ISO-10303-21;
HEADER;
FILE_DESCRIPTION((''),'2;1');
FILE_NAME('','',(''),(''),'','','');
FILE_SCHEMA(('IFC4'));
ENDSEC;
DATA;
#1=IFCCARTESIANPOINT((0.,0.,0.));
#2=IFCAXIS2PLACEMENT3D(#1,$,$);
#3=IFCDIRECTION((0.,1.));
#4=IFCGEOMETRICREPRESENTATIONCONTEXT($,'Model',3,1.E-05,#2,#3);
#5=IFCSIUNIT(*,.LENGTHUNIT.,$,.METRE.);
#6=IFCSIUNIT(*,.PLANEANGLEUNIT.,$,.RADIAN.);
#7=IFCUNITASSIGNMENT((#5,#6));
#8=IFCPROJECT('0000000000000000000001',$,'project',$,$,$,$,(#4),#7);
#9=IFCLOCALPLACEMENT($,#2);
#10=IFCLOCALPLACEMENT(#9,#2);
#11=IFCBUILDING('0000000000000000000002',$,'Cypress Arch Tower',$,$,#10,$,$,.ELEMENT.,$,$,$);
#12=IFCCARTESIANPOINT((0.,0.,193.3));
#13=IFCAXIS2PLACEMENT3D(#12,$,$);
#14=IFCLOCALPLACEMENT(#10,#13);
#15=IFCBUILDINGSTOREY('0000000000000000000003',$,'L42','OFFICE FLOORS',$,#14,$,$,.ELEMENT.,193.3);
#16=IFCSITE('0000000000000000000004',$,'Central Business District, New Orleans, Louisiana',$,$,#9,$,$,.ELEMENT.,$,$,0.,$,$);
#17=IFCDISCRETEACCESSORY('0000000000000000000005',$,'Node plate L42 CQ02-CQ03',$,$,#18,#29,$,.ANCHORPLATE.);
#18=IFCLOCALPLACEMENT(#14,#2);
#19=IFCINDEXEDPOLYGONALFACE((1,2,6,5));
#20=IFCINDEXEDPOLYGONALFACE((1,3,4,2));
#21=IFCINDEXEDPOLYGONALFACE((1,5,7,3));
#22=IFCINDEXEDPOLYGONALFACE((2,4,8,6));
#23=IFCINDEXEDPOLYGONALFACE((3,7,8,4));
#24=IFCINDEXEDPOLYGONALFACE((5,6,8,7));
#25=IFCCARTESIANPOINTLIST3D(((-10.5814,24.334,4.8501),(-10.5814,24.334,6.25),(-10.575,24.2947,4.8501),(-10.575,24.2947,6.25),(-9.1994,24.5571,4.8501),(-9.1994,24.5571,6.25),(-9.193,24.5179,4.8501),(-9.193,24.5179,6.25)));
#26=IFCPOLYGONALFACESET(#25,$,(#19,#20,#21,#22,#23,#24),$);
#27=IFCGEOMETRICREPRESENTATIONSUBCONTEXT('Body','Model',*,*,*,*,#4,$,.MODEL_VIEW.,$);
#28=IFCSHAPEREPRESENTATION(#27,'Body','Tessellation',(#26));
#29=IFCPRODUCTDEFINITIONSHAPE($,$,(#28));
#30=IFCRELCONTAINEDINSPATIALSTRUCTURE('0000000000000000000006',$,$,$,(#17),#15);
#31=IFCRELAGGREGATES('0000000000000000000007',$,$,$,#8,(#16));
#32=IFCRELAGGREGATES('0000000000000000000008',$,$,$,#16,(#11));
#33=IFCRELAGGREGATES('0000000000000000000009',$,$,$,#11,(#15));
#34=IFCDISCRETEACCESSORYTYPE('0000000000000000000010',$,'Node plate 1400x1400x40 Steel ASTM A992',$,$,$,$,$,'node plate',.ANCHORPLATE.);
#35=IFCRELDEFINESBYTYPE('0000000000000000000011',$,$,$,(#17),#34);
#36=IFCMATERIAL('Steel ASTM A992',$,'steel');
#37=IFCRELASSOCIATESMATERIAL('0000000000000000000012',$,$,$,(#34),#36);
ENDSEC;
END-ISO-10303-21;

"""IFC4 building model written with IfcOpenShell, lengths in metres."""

from ifc_helpers import new_model, si_unit, direction, frame, origin, origin_2d, place, context, subcontext, project, spatial, rectangle, extrude, material, material_profile, profile_set, type_object, element, save


model = new_model("IFC4")

# Units and contexts
model_context = context("Model", 3, precision=1e-05, world=origin(), true_north=direction((0.0, 1.0)))
body_context = subcontext(model_context, "Body", "Model", "MODEL_VIEW")
ifc_project = project(units=[si_unit("LENGTHUNIT", "METRE"), si_unit("PLANEANGLEUNIT", "RADIAN")], contexts=[model_context])

# Site, building, storey
site_placement = place(None, origin())
site = spatial("IfcSite", under=ifc_project, at=site_placement, Name="Central Business District, New Orleans, Louisiana", CompositionType="ELEMENT", RefElevation=0.0)
building_placement = place(site_placement, origin())
building = spatial("IfcBuilding", under=site, at=building_placement, Name="Cypress Arch Tower", CompositionType="ELEMENT")
storey_placement = place(building_placement, frame((0.0, 0.0, 193.3)))
storey = spatial("IfcBuildingStorey", under=building, at=storey_placement, Name="L42", Description="OFFICE FLOORS", CompositionType="ELEMENT", Elevation=193.3)

# Discrete accessory
ifc_material_1 = material(Name="Steel ASTM A992", Category="steel")
ifc_material_profile_1 = material_profile(ifc_material_1, rectangle(XDim=1.3999, YDim=1.3999, at=origin_2d()), Name="PL 40 1400x1400")
ifc_profile_set_1 = profile_set([ifc_material_profile_1], Name="Steel ASTM A992")
discrete_accessory_type_1 = type_object("IfcDiscreteAccessoryType", Name="Node plate 1400x1400x40 Steel ASTM A992", ElementType="node plate", PredefinedType="ANCHORPLATE", material=ifc_profile_set_1)
discrete_accessory_1_placement = place(storey_placement, frame((-9.8904, 24.4456, 5.55), z_axis=(0.159425, -0.98721, 0.0), x_axis=(0.98721, 0.159425, 0.0)))
element("IfcDiscreteAccessory", 1, at=discrete_accessory_1_placement, inside=storey, type_object=discrete_accessory_type_1, Name="Node plate L42 CQ02-CQ03", PredefinedType="ANCHORPLATE", context=body_context, shape_type="SweptSolid", body=[
    extrude(rectangle(XDim=1.3999, YDim=1.3999, at=origin_2d()), origin(), (0.0, 0.0, 1.0), 0.0398),
])

save(model, "model.ifc")
